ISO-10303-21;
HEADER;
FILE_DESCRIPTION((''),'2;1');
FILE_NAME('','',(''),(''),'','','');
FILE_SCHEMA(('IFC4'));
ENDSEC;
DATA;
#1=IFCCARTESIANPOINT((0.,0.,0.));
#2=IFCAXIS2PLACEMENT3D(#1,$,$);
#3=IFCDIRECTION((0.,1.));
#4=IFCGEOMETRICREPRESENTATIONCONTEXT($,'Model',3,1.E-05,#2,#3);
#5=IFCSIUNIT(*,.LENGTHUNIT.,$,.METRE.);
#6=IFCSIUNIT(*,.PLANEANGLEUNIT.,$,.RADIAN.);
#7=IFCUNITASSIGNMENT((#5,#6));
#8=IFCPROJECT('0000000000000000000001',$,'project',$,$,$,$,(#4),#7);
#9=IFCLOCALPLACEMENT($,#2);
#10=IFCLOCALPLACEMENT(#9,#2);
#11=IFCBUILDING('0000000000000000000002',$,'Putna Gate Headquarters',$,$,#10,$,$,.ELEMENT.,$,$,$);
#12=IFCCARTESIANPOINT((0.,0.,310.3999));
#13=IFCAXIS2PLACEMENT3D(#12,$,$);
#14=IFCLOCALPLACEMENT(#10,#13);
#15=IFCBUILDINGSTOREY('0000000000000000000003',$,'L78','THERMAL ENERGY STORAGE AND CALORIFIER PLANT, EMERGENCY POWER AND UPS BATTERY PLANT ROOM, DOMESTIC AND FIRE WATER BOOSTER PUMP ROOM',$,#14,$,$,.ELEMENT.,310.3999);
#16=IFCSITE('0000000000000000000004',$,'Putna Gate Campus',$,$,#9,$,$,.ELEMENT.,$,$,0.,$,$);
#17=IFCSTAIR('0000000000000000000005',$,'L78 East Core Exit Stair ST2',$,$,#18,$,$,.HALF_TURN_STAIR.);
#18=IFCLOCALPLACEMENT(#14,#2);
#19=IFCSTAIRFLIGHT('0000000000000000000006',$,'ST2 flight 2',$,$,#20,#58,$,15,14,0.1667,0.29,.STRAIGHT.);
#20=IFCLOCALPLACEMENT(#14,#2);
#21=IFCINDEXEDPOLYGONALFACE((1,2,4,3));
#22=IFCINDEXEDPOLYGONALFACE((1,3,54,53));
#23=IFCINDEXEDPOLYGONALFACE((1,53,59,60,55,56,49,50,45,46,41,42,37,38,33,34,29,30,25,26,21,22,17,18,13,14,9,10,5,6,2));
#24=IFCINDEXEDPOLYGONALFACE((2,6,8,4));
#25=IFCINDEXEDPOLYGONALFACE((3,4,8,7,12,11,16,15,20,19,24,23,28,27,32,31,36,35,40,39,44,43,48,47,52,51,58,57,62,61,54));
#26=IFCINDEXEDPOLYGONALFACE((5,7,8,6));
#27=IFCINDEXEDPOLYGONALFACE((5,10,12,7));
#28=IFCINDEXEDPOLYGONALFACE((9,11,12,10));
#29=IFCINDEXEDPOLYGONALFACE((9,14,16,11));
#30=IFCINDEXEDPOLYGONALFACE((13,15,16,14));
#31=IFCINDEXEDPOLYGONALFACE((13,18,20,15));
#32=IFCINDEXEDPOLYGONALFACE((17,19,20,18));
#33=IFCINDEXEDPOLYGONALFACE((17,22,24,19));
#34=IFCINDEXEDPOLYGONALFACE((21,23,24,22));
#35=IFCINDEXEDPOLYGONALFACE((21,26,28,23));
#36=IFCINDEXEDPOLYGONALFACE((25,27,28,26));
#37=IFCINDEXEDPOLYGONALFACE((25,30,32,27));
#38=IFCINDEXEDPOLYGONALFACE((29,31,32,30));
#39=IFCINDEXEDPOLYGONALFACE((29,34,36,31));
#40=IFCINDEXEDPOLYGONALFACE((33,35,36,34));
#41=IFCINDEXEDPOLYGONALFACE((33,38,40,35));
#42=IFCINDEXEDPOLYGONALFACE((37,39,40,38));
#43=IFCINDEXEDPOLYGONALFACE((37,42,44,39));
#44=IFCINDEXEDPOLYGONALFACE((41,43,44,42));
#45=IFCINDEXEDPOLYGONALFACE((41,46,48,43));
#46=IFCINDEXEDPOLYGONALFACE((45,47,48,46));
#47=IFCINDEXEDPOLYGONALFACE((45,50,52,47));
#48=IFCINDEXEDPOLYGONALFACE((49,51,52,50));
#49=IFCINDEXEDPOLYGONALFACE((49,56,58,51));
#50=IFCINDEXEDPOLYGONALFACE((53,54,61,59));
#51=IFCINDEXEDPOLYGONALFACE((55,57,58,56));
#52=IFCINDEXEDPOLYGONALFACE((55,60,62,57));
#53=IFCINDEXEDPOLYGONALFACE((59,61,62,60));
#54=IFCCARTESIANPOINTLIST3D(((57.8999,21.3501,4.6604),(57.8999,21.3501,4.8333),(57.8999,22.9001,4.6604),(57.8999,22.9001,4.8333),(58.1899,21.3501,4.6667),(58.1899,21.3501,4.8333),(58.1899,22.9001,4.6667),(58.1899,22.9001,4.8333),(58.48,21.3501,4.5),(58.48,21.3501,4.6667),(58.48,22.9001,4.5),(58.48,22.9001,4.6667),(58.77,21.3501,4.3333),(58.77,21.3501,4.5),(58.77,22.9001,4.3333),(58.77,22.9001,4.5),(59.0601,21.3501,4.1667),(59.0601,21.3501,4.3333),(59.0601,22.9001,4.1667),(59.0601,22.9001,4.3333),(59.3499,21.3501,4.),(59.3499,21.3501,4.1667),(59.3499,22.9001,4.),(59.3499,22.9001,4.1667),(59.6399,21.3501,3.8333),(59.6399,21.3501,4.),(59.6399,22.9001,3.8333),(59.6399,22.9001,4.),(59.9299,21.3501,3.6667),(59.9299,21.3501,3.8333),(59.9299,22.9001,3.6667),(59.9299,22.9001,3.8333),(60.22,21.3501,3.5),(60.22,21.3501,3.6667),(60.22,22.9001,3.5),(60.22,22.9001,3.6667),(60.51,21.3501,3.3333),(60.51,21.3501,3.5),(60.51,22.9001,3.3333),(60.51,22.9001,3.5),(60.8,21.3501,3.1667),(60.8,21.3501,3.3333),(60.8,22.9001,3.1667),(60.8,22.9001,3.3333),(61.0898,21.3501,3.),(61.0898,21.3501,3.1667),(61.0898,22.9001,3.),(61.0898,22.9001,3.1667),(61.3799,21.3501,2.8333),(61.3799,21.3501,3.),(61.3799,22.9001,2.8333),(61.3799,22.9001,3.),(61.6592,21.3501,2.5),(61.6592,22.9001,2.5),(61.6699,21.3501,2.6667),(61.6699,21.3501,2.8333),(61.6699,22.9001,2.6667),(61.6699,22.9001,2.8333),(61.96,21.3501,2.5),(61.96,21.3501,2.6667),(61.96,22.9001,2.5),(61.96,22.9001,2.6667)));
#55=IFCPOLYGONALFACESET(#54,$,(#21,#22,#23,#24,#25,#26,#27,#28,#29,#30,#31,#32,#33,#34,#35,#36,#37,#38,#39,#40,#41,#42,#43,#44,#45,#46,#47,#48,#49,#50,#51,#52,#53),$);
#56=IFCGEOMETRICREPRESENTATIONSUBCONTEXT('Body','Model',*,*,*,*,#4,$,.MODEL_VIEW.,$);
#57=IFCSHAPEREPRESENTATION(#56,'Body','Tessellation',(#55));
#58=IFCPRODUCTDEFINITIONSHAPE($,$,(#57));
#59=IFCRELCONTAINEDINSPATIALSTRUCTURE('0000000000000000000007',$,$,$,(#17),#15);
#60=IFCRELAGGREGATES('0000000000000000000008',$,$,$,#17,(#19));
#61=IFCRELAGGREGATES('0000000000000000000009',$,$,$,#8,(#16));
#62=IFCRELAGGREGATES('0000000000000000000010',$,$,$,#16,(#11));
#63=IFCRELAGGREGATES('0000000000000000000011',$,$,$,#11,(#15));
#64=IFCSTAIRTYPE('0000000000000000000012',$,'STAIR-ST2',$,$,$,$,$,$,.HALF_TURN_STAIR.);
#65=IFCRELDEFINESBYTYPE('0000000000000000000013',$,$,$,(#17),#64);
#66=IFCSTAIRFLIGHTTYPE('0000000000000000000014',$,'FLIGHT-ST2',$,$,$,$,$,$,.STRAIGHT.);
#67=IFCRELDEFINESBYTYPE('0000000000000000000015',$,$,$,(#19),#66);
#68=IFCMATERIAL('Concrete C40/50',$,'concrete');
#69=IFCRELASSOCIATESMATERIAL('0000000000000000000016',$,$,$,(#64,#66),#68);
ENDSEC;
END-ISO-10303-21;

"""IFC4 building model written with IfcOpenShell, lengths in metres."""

from ifc_helpers import new_model, si_unit, direction, frame, origin, place, context, subcontext, project, spatial, polyline, outline, extrude, material, type_object, element, aggregate, save


model = new_model("IFC4")

# Units and contexts
model_context = context("Model", 3, precision=1e-05, world=origin(), true_north=direction((0.0, 1.0)))
body_context = subcontext(model_context, "Body", "Model", "MODEL_VIEW")
ifc_project = project(units=[si_unit("LENGTHUNIT", "METRE"), si_unit("PLANEANGLEUNIT", "RADIAN")], contexts=[model_context])

# Site, building, storey
site_placement = place(None, origin())
site = spatial("IfcSite", under=ifc_project, at=site_placement, Name="Putna Gate Campus", CompositionType="ELEMENT", RefElevation=0.0)
building_placement = place(site_placement, origin())
building = spatial("IfcBuilding", under=site, at=building_placement, Name="Putna Gate Headquarters", CompositionType="ELEMENT")
storey_placement = place(building_placement, frame((0.0, 0.0, 310.3999)))
storey = spatial("IfcBuildingStorey", under=building, at=storey_placement, Name="L78", Description="THERMAL ENERGY STORAGE AND CALORIFIER PLANT, EMERGENCY POWER AND UPS BATTERY PLANT ROOM, DOMESTIC AND FIRE WATER BOOSTER PUMP ROOM", CompositionType="ELEMENT", Elevation=310.3999)

# Shared definitions
ifc_material_1 = material(Name="Concrete C40/50", Category="concrete")

# Stair, stair flight
stair_type = type_object("IfcStairType", Name="STAIR-ST2", PredefinedType="HALF_TURN_STAIR", material=ifc_material_1)
stair_placement = place(storey_placement, origin())
stair = element("IfcStair", 1, at=stair_placement, inside=storey, type_object=stair_type, Name="L78 East Core Exit Stair ST2", PredefinedType="HALF_TURN_STAIR")
stair_flight_type = type_object("IfcStairFlightType", Name="FLIGHT-ST2", PredefinedType="STRAIGHT", material=ifc_material_1)
stair_flight_placement = place(storey_placement, frame((61.96, 22.125, 2.5), z_axis=(0.0, 0.0, 1.0), x_axis=(-1.0, 0.0, 0.0)))
stair_flight = element("IfcStairFlight", 2, at=stair_flight_placement, type_object=stair_flight_type, Name="ST2 flight 2", NumberOfRisers=15, NumberOfTreads=14, PredefinedType="STRAIGHT", RiserHeight=0.1667, TreadLength=0.29, context=body_context, shape_type="SweptSolid", body=[
    extrude(outline(polyline([(0.0, 0.0), (0.0, 0.1667), (0.29, 0.1667), (0.29, 0.3333), (0.5801, 0.3333), (0.5801, 0.5), (0.8701, 0.5), (0.8701, 0.6667), (1.1599, 0.6667), (1.1599, 0.8333), (1.45, 0.8333), (1.45, 1.0), (1.74, 1.0), (1.74, 1.1667), (2.03, 1.1667), (2.03, 1.3333), (2.3201, 1.3333), (2.3201, 1.5), (2.6101, 1.5), (2.6101, 1.6667), (2.8999, 1.6667), (2.8999, 1.8333), (3.1899, 1.8333), (3.1899, 2.0), (3.48, 2.0), (3.48, 2.1667), (3.77, 2.1667), (3.77, 2.3333), (4.0601, 2.3333), (4.0601, 2.5), (4.0601, 2.1604), (0.3008, 0.0), (0.0, 0.0)])), frame((0.0, 0.7749, 0.0), z_axis=(0.0, -1.0, 0.0), x_axis=(1.0, 0.0, 0.0)), (0.0, 0.0, 1.0), 1.55),
])
aggregate(stair, [stair_flight])

save(model, "model.ifc")
